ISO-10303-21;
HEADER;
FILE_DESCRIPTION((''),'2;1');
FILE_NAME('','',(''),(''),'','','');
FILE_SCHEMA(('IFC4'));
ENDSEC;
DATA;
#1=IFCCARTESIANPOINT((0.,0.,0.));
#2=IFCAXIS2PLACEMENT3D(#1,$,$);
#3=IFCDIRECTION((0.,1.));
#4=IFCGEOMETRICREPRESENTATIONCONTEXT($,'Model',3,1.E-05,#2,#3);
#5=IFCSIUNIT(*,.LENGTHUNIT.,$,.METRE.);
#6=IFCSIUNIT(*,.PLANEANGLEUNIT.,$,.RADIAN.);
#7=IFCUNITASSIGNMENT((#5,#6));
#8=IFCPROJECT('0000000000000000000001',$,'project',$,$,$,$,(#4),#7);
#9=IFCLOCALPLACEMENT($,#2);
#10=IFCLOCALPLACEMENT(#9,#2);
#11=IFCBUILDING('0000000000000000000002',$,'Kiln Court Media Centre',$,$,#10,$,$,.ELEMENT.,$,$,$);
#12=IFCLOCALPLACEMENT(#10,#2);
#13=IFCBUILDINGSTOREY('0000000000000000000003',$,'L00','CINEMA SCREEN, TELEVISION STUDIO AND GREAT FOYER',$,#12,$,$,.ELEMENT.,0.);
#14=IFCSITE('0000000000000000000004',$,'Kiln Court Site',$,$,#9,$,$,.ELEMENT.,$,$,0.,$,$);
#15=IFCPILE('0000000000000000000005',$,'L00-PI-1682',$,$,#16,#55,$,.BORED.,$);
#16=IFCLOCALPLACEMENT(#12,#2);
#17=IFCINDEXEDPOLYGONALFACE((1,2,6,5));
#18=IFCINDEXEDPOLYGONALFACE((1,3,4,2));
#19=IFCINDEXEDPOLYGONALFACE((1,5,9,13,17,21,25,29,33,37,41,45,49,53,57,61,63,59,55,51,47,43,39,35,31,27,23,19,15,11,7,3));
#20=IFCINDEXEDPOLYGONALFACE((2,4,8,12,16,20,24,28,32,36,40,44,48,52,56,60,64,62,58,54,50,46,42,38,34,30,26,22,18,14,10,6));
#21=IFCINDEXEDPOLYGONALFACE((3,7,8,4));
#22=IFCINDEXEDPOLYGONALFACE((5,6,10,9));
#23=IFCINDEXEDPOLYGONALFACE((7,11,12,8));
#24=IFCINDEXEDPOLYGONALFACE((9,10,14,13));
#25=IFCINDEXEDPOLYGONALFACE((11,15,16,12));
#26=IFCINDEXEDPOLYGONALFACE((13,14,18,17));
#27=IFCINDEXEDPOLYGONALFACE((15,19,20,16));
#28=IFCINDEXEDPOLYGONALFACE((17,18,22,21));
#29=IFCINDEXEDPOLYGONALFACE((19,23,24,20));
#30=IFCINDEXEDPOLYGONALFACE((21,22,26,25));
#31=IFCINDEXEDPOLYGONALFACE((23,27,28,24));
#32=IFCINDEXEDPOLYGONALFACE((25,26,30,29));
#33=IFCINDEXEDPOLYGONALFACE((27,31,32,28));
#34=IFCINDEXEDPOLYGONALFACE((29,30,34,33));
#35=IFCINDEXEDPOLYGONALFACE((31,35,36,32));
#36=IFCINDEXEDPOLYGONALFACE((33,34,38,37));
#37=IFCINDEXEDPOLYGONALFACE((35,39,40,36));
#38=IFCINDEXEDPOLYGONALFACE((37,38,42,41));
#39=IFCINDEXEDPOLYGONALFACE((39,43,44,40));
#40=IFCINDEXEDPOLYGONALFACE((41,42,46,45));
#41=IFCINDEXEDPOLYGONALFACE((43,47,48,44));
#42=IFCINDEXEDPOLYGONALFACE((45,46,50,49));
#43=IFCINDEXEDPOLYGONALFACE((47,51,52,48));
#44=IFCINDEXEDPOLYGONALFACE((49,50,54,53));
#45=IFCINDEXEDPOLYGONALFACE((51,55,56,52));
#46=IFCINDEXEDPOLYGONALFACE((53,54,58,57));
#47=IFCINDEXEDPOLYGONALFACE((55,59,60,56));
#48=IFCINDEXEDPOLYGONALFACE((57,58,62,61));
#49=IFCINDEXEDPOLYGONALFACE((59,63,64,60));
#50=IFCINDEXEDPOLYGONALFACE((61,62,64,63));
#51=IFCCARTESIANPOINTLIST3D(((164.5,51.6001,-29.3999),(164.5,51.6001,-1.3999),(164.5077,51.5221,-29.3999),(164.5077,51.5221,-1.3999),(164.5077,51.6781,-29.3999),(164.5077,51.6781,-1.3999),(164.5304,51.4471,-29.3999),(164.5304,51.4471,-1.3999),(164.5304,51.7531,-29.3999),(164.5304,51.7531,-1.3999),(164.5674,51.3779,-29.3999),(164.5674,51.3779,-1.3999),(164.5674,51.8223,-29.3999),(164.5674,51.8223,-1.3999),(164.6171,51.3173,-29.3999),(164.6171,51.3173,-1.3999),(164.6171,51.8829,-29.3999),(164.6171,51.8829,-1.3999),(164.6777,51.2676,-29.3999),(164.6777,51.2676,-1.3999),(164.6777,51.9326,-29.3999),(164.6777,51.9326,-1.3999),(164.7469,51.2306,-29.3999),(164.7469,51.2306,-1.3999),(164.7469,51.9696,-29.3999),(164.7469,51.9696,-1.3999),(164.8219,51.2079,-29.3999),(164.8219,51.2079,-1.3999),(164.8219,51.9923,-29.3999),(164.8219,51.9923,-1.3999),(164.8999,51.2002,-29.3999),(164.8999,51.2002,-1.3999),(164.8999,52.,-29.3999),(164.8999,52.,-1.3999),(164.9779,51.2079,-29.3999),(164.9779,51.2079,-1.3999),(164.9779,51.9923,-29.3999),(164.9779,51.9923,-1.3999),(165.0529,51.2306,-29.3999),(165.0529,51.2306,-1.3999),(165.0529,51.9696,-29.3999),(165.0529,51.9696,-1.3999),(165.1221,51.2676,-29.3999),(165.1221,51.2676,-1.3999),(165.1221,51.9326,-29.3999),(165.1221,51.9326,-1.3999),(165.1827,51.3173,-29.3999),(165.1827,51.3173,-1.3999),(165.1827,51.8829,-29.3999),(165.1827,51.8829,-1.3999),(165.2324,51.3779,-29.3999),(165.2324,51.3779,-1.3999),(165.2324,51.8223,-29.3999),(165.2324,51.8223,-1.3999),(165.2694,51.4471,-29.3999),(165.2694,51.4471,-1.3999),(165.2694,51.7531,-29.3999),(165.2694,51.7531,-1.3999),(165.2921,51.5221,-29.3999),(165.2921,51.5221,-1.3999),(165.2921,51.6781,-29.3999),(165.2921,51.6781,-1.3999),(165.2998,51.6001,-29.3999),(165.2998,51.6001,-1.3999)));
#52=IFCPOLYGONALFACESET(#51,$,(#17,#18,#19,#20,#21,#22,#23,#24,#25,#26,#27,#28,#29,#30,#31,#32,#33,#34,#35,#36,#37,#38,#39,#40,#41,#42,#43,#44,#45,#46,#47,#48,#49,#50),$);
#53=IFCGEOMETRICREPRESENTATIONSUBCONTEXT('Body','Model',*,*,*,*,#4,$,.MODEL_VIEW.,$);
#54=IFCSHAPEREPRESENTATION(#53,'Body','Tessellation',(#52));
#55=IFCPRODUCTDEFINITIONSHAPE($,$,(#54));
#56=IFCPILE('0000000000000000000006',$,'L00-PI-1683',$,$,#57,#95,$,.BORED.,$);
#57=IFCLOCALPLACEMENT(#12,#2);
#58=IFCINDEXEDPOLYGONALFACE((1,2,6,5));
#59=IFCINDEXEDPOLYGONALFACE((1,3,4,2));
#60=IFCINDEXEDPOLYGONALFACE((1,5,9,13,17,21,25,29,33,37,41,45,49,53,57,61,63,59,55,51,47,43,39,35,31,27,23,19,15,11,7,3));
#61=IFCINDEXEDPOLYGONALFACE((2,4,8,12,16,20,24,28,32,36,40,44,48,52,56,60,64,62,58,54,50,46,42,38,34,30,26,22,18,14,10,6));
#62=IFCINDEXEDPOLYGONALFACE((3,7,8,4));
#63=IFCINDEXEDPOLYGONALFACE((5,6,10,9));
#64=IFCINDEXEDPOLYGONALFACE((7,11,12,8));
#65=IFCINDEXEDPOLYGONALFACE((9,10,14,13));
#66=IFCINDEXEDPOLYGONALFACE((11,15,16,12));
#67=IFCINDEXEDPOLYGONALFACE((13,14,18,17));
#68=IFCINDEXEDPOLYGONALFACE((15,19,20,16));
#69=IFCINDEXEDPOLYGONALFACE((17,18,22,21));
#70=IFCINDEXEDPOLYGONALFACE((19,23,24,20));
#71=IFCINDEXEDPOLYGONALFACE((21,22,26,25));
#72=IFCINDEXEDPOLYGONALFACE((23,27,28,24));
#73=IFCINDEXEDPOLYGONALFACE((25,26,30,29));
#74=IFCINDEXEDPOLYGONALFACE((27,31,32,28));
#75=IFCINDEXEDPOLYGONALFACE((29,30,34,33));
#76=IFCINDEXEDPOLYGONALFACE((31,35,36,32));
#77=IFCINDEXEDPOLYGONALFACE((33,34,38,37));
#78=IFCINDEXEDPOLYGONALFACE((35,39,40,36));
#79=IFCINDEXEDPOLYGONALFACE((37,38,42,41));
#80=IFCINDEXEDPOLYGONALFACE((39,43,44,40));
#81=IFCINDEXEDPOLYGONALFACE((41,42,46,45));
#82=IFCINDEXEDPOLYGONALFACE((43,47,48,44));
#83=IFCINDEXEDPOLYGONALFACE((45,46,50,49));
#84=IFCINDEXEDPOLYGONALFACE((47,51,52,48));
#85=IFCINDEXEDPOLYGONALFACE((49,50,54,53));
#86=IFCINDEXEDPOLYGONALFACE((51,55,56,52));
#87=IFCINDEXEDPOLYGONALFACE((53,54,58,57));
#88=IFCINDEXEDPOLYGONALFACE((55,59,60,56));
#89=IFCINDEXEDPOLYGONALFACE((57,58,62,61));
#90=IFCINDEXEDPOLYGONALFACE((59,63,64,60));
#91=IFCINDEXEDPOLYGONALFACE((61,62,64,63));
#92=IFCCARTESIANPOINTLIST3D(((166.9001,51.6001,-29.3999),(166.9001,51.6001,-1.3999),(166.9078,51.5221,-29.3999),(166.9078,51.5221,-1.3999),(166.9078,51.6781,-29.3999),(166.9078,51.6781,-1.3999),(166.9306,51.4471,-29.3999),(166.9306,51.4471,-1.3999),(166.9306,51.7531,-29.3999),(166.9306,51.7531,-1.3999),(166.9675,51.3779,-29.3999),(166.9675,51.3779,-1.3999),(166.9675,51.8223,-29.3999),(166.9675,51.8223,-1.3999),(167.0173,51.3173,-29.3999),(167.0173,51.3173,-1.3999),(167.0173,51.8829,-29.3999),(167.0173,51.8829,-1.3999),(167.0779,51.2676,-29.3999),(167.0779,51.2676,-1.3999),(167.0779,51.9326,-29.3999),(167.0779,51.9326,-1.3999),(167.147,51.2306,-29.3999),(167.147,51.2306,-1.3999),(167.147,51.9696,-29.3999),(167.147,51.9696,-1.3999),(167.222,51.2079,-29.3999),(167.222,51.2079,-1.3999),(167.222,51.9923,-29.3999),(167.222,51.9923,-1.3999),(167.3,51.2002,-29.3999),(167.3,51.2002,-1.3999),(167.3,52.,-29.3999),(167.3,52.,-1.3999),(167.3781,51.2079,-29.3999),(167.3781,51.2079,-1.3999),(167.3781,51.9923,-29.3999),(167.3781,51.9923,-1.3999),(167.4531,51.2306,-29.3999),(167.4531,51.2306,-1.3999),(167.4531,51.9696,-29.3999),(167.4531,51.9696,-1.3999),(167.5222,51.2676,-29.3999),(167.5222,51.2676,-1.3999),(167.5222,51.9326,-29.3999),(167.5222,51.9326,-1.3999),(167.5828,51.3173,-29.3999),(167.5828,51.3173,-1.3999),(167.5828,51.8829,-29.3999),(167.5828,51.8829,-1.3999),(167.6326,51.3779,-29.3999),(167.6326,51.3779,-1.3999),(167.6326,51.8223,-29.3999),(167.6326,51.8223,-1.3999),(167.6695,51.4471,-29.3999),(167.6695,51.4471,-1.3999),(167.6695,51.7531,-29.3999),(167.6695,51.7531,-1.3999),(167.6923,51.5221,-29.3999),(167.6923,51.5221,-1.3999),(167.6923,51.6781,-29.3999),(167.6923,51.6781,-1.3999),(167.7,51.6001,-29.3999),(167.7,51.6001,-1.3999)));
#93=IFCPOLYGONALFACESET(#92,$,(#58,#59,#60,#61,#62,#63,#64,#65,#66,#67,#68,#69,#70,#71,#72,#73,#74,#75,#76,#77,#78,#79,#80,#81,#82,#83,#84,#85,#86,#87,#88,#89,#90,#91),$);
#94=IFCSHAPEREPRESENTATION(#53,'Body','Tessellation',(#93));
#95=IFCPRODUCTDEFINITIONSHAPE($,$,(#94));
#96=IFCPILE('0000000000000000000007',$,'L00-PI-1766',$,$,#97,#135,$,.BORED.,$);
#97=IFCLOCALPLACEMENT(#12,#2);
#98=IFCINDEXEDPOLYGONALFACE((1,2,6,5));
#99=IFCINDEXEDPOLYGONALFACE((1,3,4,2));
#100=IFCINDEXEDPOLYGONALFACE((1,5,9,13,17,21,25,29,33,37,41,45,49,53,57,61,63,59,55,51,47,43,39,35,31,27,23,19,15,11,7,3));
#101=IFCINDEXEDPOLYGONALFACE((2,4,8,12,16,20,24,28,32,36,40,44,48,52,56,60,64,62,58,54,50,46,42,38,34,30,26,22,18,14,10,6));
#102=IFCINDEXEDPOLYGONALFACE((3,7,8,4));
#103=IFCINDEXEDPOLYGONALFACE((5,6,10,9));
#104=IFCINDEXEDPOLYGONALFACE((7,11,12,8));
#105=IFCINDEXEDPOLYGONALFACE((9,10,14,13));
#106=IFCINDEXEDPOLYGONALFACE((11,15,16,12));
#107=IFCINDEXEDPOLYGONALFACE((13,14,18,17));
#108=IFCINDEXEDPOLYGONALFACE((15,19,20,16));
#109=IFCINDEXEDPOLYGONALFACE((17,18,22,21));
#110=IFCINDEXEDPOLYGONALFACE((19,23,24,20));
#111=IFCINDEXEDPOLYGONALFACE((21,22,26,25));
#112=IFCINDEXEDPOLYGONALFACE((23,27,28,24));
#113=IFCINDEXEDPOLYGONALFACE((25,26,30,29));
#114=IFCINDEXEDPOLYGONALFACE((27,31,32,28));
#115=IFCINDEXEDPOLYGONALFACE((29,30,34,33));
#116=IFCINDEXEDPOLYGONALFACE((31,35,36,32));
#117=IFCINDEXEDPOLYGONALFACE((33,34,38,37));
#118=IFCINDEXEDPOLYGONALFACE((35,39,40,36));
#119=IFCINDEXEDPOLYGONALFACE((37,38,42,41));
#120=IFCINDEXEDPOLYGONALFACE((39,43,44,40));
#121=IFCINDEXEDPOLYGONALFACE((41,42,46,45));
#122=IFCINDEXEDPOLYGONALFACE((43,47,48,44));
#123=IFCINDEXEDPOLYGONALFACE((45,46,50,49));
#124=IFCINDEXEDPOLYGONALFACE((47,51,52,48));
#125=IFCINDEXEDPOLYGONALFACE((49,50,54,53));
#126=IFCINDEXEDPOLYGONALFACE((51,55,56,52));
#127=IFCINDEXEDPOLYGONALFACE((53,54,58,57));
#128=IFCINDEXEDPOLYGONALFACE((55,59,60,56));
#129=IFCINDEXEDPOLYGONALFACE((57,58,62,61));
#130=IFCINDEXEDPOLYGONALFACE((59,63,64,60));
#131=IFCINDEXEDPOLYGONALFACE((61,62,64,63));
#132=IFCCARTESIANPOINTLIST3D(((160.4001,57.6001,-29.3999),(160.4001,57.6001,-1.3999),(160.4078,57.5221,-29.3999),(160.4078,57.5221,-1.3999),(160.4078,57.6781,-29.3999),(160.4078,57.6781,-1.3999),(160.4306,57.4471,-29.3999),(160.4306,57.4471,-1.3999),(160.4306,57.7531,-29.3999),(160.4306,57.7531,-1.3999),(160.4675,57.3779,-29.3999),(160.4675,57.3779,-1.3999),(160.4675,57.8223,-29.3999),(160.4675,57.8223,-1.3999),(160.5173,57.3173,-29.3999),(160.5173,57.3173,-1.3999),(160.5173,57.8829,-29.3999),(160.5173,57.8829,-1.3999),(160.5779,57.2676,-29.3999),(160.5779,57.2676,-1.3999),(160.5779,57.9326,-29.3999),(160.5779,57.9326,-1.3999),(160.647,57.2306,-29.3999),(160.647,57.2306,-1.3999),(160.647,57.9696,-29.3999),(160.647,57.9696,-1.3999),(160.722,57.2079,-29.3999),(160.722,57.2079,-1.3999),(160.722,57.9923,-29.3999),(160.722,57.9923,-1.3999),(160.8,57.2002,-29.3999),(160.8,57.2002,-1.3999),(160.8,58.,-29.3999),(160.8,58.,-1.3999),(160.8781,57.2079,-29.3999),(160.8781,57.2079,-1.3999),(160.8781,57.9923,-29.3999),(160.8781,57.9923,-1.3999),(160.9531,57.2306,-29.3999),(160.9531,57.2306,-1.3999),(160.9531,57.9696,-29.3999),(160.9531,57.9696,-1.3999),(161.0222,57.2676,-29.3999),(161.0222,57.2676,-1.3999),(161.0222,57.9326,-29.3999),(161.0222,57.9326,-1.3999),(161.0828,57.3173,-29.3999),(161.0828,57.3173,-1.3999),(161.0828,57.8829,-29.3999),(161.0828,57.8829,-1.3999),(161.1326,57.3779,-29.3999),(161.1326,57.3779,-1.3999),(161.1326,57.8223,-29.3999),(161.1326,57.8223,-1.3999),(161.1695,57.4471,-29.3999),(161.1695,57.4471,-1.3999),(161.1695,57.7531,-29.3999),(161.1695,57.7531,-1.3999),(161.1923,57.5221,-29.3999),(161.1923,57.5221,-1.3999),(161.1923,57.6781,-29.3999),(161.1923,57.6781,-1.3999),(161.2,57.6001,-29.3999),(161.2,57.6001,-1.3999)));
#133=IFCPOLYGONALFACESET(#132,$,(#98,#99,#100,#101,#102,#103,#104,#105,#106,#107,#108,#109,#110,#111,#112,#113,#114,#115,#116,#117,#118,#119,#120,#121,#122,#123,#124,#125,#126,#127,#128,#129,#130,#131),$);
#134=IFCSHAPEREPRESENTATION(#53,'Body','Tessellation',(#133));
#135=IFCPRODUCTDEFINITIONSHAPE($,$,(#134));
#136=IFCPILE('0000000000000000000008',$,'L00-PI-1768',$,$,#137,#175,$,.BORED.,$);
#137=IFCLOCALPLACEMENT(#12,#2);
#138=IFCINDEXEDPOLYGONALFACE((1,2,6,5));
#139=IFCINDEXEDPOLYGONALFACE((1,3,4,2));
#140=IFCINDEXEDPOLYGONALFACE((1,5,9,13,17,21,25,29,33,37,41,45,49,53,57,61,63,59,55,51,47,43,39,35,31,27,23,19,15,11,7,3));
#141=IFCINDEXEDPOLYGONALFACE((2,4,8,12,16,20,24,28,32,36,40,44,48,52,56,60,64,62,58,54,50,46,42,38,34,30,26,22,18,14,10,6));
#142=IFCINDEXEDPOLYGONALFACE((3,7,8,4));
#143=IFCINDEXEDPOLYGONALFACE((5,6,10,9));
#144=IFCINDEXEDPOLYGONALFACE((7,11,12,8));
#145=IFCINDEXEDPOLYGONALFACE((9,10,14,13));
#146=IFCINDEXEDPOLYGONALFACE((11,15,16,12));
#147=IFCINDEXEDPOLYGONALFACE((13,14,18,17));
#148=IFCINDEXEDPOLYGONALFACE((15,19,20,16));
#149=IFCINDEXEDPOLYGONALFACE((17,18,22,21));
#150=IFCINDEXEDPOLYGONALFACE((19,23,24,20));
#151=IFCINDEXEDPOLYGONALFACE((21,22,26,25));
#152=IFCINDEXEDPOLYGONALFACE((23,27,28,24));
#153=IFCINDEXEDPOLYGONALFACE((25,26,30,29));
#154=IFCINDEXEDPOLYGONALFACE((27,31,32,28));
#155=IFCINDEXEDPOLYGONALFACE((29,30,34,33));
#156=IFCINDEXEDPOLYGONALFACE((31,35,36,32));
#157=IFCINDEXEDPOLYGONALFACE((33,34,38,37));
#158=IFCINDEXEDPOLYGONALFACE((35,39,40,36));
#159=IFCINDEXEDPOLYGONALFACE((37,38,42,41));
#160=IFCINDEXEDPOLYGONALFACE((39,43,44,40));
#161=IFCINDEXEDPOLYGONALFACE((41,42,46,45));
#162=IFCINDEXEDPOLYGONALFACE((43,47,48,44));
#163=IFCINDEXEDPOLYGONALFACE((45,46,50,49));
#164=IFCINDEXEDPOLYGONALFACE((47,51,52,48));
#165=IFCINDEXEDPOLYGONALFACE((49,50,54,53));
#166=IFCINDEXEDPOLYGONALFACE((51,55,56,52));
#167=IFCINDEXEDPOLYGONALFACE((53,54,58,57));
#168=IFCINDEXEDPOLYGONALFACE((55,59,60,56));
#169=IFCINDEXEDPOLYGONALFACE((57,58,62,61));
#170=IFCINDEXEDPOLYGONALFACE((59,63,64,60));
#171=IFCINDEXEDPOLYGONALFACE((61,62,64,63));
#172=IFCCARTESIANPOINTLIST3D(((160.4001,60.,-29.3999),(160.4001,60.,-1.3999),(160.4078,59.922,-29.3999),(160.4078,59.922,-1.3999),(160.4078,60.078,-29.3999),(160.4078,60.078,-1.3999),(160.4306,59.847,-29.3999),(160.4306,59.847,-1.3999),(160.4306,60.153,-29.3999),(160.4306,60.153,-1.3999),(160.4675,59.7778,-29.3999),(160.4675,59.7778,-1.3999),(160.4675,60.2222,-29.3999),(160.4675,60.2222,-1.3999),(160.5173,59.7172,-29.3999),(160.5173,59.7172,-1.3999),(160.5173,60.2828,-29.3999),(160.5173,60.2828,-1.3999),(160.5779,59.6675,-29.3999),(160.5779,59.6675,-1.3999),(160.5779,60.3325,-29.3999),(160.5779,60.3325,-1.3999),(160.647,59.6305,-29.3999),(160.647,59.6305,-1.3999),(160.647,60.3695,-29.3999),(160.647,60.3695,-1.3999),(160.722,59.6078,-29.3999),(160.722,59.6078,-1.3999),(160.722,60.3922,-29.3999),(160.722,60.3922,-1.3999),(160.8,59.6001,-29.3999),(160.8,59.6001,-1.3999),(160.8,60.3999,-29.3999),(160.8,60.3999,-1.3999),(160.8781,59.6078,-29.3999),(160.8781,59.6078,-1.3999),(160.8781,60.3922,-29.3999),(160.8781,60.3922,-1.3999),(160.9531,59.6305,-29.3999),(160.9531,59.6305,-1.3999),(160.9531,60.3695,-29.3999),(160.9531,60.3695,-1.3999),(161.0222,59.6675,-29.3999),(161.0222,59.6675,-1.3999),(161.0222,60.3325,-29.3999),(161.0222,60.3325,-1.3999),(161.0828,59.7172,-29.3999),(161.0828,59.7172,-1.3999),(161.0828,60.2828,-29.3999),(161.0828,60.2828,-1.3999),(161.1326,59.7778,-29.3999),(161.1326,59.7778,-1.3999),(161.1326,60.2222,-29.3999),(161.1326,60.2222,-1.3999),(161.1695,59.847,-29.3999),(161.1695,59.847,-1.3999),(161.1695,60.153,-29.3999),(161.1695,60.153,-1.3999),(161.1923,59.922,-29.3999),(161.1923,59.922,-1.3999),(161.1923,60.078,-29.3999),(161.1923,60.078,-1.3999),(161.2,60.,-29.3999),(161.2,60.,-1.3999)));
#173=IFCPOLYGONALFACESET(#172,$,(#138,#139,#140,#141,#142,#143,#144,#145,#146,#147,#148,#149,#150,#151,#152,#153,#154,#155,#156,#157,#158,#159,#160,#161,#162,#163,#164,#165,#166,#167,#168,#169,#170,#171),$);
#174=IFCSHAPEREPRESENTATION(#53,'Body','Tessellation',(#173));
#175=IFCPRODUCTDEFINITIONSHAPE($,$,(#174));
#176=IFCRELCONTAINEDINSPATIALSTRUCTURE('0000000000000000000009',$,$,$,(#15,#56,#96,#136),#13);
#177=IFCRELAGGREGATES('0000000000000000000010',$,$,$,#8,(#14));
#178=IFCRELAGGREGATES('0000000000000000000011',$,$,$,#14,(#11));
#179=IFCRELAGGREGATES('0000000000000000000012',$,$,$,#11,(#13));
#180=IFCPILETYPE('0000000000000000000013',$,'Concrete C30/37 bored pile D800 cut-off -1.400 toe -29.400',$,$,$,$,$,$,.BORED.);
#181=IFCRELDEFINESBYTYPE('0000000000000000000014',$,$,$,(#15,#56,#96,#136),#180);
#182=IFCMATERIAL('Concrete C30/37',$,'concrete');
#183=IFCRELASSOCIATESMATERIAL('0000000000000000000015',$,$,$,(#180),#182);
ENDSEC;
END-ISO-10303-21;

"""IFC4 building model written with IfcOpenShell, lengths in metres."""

from ifc_helpers import new_model, si_unit, direction, frame, origin, origin_2d, place, context, subcontext, project, spatial, circle, extrude, material, material_profile, profile_set, type_object, element, save


model = new_model("IFC4")

# Units and contexts
model_context = context("Model", 3, precision=1e-05, world=origin(), true_north=direction((0.0, 1.0)))
body_context = subcontext(model_context, "Body", "Model", "MODEL_VIEW")
ifc_project = project(units=[si_unit("LENGTHUNIT", "METRE"), si_unit("PLANEANGLEUNIT", "RADIAN")], contexts=[model_context])

# Site, building, storey
site_placement = place(None, origin())
site = spatial("IfcSite", under=ifc_project, at=site_placement, Name="Kiln Court Site", CompositionType="ELEMENT", RefElevation=0.0)
building_placement = place(site_placement, origin())
building = spatial("IfcBuilding", under=site, at=building_placement, Name="Kiln Court Media Centre", CompositionType="ELEMENT")
storey_placement = place(building_placement, origin())
storey = spatial("IfcBuildingStorey", under=building, at=storey_placement, Name="L00", Description="CINEMA SCREEN, TELEVISION STUDIO AND GREAT FOYER", CompositionType="ELEMENT", Elevation=0.0)

# Piles
ifc_material_1 = material(Name="Concrete C30/37", Category="concrete")
ifc_material_profile_1 = material_profile(ifc_material_1, circle(Radius=0.3999, at=origin_2d()), Name="PILE D800")
ifc_profile_set_1 = profile_set([ifc_material_profile_1], Name="Concrete C30/37")
pile_type_1 = type_object("IfcPileType", Name="Concrete C30/37 bored pile D800 cut-off -1.400 toe -29.400", PredefinedType="BORED", material=ifc_profile_set_1)
for number, where, z_axis, x_axis, name in (
    (1, (164.8999, 51.6001, -1.3999), (0.0, 0.0, -1.0), (1.0, 0.0, 0.0), "L00-PI-1682"),
    (2, (167.3, 51.6001, -1.3999), (0.0, 0.0, -1.0), (1.0, 0.0, 0.0), "L00-PI-1683"),
    (3, (160.8, 57.6001, -1.3999), (0.0, 0.0, -1.0), (1.0, 0.0, 0.0), "L00-PI-1766"),
    (4, (160.8, 60.0, -1.3999), (0.0, 0.0, -1.0), (1.0, 0.0, 0.0), "L00-PI-1768"),
):
    element("IfcPile", number, at=place(storey_placement, frame(where, z_axis=z_axis, x_axis=x_axis)), inside=storey, type_object=pile_type_1, Name=name, PredefinedType="BORED", context=body_context, shape_type="SweptSolid", body=[
        extrude(circle(Radius=0.3999, at=origin_2d()), origin(), (0.0, 0.0, 1.0), 28.0),
    ])

save(model, "model.ifc")
